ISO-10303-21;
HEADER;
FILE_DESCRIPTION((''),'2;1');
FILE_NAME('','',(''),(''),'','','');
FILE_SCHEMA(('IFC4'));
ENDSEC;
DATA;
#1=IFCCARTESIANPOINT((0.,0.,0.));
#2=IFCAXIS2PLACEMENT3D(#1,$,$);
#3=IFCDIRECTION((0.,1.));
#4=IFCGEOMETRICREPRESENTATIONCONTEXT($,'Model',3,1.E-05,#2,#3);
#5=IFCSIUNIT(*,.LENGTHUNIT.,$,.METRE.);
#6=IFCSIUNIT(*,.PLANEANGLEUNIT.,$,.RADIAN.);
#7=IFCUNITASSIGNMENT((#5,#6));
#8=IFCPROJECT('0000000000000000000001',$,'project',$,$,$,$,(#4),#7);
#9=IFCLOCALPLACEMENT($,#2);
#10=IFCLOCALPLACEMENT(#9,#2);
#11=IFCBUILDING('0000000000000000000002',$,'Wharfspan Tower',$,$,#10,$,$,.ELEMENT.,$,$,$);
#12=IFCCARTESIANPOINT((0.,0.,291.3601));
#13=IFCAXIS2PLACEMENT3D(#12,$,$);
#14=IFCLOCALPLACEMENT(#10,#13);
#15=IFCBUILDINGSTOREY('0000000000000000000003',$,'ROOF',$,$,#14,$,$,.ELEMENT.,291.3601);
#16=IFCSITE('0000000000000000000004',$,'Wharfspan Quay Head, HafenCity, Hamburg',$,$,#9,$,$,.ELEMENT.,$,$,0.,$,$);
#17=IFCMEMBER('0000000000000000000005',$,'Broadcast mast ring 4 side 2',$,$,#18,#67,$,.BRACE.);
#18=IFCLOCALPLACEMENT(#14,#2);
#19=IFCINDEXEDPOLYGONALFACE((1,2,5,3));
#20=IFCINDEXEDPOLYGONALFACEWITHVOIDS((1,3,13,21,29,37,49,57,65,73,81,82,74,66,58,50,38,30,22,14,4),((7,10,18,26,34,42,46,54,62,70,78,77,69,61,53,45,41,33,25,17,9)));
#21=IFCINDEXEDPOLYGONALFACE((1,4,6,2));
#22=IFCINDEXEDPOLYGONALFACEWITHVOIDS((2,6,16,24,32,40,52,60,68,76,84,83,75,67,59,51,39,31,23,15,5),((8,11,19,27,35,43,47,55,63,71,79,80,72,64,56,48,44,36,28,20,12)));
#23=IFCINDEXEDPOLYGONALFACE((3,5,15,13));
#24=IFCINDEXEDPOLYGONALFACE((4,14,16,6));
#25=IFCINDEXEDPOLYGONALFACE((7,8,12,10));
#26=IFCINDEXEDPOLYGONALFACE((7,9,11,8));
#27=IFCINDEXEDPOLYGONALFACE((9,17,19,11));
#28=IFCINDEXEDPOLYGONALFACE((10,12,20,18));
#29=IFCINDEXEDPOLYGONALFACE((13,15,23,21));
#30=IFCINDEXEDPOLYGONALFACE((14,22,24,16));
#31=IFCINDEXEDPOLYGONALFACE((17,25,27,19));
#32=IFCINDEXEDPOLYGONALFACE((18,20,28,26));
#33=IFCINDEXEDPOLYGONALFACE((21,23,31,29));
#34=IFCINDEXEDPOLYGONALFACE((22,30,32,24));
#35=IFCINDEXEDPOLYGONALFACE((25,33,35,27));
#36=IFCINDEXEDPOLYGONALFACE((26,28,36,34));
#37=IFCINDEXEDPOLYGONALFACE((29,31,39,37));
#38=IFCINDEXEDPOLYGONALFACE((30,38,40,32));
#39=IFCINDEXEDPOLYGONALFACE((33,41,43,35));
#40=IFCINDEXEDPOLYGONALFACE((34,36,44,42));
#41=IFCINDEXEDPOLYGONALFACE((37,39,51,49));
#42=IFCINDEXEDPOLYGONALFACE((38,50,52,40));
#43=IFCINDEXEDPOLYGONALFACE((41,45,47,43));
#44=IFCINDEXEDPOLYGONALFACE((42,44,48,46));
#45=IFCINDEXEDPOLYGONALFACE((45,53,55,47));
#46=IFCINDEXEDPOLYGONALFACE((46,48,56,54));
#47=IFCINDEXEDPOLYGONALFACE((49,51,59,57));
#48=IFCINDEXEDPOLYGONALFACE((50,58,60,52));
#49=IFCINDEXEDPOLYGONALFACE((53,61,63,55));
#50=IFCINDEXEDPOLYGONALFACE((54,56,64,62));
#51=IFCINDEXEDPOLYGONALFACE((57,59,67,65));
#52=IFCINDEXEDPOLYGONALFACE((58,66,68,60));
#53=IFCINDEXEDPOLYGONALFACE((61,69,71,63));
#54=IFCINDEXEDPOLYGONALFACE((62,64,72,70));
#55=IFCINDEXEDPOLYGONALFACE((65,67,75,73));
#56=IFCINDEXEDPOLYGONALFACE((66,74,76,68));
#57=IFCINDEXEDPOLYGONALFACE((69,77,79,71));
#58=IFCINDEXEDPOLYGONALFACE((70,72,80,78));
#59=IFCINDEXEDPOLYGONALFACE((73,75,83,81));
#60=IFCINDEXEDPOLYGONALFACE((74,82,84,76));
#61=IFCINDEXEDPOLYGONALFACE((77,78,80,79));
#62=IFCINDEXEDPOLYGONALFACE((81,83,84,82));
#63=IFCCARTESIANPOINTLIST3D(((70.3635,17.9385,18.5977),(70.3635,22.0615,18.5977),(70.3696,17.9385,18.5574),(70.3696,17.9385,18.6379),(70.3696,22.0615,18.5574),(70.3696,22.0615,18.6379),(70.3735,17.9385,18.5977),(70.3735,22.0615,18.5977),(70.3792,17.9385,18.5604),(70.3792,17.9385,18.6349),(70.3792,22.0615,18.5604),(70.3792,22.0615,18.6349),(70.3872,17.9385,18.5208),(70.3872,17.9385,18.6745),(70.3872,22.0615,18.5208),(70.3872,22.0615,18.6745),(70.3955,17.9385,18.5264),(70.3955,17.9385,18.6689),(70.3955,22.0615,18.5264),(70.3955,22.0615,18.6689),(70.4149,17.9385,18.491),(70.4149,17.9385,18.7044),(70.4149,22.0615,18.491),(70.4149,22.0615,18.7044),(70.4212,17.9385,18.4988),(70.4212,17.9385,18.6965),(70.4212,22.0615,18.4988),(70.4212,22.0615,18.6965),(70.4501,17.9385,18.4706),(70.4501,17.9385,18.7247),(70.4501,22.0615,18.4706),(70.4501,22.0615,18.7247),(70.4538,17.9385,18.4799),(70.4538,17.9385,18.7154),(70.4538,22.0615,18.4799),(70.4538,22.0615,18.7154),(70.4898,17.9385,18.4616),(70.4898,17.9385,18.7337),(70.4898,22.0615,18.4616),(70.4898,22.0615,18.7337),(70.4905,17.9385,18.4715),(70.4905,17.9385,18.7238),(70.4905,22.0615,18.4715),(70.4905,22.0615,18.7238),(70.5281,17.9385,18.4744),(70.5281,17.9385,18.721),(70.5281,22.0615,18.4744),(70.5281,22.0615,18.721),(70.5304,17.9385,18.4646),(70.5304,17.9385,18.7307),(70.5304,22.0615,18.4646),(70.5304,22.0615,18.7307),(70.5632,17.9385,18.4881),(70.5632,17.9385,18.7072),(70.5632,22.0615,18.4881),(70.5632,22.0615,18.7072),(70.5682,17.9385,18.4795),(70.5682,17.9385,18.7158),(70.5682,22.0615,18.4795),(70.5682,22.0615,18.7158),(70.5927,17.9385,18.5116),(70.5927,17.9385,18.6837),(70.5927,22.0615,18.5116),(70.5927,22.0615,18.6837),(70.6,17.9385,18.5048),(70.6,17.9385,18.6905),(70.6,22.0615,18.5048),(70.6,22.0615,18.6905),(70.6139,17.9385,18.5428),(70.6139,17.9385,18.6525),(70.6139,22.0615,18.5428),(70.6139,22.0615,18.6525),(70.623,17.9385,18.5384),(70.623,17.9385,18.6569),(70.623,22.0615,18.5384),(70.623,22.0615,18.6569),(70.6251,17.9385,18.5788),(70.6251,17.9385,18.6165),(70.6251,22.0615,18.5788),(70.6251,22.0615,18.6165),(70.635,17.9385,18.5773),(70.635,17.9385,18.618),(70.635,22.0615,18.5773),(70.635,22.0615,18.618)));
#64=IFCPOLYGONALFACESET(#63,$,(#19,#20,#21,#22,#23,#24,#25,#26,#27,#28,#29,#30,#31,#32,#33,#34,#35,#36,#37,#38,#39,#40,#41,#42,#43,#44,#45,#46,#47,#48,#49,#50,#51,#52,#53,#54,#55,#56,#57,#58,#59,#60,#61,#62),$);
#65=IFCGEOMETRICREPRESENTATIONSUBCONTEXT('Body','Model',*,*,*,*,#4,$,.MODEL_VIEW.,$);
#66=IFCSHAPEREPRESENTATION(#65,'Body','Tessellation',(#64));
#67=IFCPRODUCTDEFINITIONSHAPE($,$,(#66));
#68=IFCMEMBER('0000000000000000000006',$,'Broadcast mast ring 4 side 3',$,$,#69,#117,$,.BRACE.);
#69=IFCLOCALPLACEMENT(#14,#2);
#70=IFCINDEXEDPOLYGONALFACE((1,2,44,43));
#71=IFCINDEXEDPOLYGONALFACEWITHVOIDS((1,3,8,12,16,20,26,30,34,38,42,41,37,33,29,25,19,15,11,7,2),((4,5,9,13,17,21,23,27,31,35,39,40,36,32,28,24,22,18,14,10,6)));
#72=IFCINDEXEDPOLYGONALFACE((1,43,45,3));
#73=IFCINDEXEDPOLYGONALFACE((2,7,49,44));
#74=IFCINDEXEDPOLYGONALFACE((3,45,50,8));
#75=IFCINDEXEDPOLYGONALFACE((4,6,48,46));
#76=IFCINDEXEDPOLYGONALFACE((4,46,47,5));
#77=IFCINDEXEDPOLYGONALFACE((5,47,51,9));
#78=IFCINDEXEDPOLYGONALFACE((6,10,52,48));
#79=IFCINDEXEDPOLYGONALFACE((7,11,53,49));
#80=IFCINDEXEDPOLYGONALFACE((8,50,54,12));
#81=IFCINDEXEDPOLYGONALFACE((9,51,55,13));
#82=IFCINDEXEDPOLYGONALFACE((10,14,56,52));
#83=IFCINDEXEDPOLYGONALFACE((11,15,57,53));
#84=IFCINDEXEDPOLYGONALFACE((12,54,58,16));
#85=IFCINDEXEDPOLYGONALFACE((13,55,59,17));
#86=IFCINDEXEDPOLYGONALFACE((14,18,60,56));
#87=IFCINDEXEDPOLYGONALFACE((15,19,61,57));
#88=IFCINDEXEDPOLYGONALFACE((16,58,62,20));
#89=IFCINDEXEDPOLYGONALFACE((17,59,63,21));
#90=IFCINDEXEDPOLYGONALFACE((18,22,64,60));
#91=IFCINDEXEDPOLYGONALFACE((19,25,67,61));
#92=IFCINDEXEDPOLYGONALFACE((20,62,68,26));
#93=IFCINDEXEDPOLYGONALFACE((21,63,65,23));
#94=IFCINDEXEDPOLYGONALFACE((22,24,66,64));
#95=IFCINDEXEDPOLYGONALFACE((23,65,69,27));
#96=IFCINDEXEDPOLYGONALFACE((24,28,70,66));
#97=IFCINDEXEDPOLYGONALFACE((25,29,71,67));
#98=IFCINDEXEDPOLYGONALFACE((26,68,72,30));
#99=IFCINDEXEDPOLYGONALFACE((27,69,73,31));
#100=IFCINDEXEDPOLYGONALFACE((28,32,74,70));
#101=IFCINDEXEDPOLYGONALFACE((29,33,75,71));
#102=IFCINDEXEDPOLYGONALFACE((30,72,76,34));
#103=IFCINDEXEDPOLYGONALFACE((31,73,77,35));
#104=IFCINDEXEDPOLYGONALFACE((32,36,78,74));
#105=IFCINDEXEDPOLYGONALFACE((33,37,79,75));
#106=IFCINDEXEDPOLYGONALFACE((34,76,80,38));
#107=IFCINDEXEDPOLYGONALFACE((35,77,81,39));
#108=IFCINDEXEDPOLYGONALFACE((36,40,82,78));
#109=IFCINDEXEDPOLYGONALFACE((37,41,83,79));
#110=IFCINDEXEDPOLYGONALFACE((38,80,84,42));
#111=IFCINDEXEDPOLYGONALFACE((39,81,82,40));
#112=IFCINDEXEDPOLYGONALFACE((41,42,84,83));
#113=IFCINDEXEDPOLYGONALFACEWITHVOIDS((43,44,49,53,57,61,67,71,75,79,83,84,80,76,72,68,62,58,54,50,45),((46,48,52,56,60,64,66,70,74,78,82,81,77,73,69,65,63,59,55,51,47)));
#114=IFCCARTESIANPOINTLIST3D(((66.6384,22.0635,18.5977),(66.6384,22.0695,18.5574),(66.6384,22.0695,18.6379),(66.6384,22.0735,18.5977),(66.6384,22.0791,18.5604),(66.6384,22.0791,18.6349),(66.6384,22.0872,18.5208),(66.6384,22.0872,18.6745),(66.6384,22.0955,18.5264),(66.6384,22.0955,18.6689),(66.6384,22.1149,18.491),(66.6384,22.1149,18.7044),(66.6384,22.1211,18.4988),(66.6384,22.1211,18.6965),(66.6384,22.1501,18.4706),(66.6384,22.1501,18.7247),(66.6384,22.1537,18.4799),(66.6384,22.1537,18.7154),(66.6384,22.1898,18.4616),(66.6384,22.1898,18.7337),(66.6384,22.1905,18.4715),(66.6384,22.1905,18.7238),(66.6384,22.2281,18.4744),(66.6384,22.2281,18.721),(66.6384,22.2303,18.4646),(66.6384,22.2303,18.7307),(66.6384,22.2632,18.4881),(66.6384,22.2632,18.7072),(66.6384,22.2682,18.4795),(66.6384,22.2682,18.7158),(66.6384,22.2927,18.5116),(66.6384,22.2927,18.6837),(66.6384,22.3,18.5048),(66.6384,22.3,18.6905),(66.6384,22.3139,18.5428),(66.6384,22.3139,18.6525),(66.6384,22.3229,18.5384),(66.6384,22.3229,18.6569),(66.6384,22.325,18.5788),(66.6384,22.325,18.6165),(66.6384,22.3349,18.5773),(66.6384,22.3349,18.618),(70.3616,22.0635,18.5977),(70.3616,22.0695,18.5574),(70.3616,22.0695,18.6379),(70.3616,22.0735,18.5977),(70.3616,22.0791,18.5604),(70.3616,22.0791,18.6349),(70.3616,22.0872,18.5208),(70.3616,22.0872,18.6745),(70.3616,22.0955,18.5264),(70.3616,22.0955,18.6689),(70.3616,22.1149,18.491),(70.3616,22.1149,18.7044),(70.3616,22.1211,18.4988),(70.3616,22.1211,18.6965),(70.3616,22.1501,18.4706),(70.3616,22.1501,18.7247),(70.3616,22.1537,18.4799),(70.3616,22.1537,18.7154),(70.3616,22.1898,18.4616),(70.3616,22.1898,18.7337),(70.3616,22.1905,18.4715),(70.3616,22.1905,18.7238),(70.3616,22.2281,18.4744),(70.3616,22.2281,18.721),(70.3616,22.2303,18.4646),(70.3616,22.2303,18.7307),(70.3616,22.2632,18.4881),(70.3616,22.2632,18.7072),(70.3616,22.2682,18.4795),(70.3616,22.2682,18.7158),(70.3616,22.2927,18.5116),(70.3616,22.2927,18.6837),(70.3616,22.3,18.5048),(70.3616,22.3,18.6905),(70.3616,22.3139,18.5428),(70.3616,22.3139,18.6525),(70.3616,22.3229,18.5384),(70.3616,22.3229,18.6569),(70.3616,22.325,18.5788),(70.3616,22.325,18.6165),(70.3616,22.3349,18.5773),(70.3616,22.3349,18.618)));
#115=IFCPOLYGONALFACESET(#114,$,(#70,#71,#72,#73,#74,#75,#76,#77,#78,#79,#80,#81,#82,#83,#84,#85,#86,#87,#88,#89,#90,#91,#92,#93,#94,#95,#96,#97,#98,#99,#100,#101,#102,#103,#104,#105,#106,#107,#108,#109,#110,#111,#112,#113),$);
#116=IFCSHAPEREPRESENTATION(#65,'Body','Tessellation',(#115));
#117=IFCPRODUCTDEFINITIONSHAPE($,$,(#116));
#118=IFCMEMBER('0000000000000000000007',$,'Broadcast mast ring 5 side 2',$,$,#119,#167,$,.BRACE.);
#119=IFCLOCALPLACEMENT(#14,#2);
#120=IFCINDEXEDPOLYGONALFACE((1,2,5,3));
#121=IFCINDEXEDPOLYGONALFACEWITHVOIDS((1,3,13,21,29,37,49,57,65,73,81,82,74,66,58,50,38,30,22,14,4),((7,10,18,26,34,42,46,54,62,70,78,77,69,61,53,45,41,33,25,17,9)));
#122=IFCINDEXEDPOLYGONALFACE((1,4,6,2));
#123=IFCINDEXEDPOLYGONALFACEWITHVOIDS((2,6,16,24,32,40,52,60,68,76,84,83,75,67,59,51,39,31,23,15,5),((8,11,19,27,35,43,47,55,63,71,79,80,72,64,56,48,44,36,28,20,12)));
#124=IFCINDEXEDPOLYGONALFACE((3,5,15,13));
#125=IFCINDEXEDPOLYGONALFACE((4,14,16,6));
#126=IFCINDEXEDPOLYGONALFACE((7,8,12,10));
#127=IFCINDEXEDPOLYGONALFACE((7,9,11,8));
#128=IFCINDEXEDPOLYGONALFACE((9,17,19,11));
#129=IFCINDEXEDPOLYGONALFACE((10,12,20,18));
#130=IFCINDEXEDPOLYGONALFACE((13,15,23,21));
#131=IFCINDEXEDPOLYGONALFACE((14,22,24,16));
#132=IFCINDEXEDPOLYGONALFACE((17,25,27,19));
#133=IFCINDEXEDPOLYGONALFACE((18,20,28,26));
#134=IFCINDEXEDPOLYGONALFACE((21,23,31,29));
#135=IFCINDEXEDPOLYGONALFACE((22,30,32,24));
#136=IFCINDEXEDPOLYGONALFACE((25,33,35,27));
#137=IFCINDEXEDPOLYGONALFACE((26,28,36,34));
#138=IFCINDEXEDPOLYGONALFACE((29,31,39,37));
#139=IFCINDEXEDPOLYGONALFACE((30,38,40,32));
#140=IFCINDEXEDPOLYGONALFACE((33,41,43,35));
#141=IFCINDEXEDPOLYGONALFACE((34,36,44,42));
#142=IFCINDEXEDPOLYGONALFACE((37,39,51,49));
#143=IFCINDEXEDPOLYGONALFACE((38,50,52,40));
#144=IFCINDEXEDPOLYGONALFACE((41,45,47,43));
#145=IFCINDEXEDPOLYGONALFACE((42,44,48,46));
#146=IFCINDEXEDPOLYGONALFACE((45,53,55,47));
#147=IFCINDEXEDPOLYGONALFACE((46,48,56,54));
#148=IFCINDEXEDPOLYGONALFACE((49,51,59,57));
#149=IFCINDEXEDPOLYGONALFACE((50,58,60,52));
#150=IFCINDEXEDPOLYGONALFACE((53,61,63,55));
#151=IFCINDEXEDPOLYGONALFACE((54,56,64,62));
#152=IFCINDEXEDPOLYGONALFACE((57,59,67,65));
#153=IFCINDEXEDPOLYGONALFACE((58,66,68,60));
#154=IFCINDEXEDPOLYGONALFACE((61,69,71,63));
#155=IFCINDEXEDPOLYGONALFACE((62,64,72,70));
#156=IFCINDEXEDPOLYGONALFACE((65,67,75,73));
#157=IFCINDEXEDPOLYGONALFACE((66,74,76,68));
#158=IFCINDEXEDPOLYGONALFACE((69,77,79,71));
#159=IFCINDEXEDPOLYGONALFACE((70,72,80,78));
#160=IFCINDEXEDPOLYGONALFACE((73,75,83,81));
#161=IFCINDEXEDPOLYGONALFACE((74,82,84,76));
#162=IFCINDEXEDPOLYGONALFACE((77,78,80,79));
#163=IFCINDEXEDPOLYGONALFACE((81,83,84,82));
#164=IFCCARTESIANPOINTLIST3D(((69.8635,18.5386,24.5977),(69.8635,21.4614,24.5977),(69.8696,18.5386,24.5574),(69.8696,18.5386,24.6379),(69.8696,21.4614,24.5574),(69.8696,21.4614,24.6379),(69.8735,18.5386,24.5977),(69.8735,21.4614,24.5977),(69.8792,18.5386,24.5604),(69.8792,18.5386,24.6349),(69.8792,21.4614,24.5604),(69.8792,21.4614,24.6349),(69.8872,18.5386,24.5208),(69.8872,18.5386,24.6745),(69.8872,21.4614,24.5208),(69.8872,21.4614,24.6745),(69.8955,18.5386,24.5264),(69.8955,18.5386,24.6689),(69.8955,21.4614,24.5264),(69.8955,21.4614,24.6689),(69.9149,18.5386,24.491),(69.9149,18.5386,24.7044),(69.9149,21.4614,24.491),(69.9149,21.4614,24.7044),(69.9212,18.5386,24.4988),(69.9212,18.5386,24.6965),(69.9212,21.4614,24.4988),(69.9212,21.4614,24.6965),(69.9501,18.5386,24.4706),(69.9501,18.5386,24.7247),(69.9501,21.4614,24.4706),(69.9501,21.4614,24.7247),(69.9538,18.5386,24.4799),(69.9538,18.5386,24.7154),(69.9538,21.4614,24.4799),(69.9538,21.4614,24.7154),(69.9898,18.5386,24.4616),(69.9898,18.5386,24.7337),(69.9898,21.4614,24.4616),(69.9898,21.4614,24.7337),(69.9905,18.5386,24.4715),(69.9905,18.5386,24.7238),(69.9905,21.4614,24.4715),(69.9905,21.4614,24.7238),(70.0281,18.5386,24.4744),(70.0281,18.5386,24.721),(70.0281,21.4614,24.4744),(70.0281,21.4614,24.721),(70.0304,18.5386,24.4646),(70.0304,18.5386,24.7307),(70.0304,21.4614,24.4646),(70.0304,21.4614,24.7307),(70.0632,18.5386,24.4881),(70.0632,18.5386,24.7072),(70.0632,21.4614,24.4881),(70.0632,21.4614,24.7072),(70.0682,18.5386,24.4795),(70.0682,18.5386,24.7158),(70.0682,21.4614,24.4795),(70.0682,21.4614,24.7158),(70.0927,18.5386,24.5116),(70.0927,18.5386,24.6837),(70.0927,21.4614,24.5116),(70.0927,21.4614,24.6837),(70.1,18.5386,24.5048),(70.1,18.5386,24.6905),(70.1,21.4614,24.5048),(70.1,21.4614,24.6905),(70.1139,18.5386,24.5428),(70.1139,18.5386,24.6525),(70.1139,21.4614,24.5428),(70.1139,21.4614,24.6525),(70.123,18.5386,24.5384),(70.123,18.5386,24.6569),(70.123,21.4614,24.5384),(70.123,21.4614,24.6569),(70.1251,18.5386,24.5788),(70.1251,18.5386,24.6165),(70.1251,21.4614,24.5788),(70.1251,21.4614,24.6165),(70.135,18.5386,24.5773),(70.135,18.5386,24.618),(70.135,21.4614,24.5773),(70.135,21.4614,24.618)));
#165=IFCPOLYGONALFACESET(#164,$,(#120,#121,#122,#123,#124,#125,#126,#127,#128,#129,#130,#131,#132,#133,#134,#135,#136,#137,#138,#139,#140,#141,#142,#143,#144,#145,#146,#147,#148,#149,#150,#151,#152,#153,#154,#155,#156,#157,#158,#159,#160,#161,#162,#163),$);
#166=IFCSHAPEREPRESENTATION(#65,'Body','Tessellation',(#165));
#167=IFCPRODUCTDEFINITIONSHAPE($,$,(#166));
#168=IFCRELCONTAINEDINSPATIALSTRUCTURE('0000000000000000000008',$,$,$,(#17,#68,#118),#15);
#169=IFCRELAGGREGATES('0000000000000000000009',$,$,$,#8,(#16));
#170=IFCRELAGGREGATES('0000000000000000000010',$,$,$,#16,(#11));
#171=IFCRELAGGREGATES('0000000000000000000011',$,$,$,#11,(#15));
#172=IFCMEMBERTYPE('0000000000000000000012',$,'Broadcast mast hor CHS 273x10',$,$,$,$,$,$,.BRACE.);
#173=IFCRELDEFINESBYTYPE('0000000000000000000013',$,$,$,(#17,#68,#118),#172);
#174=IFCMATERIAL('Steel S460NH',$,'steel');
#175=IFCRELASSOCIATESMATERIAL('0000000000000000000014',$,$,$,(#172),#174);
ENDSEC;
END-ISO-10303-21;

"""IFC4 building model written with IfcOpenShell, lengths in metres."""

from ifc_helpers import new_model, si_unit, direction, frame, origin, origin_2d, place, context, subcontext, project, spatial, hollow_circle, extrude, material, material_profile, profile_set, type_object, element, save


model = new_model("IFC4")

# Units and contexts
model_context = context("Model", 3, precision=1e-05, world=origin(), true_north=direction((0.0, 1.0)))
body_context = subcontext(model_context, "Body", "Model", "MODEL_VIEW")
ifc_project = project(units=[si_unit("LENGTHUNIT", "METRE"), si_unit("PLANEANGLEUNIT", "RADIAN")], contexts=[model_context])

# Site, building, storey
site_placement = place(None, origin())
site = spatial("IfcSite", under=ifc_project, at=site_placement, Name="Wharfspan Quay Head, HafenCity, Hamburg", CompositionType="ELEMENT", RefElevation=0.0)
building_placement = place(site_placement, origin())
building = spatial("IfcBuilding", under=site, at=building_placement, Name="Wharfspan Tower", CompositionType="ELEMENT")
storey_placement = place(building_placement, frame((0.0, 0.0, 291.3601)))
storey = spatial("IfcBuildingStorey", under=building, at=storey_placement, Name="ROOF", CompositionType="ELEMENT", Elevation=291.3601)

# Members
ifc_material = material(Name="Steel S460NH", Category="steel")
ifc_material_profile_1 = material_profile(ifc_material, hollow_circle(Radius=0.1365, WallThickness=0.01, at=origin_2d()))
ifc_profile_set_1 = profile_set([ifc_material_profile_1], Name="Steel S460NH")
member_type_1 = type_object("IfcMemberType", Name="Broadcast mast hor CHS 273x10", PredefinedType="BRACE", material=ifc_profile_set_1)
member_1_placement = place(storey_placement, frame((70.5, 17.9385, 18.5977), z_axis=(0.0, 1.0, 0.0), x_axis=(-1.0, 0.0, 0.0)))
element("IfcMember", 1, at=member_1_placement, inside=storey, type_object=member_type_1, Name="Broadcast mast ring 4 side 2", PredefinedType="BRACE", context=body_context, shape_type="SweptSolid", body=[
    extrude(hollow_circle(Radius=0.1365, WallThickness=0.01, at=origin_2d()), origin(), (0.0, 0.0, 1.0), 4.123),
])
member_2_placement = place(storey_placement, frame((70.3616, 22.2, 18.5977), z_axis=(-1.0, 0.0, 0.0), x_axis=(0.0, -1.0, 0.0)))
element("IfcMember", 2, at=member_2_placement, inside=storey, type_object=member_type_1, Name="Broadcast mast ring 4 side 3", PredefinedType="BRACE", context=body_context, shape_type="SweptSolid", body=[
    extrude(hollow_circle(Radius=0.1365, WallThickness=0.01, at=origin_2d()), origin(), (0.0, 0.0, 1.0), 3.7231),
])
member_3_placement = place(storey_placement, frame((70.0, 18.5386, 24.5977), z_axis=(0.0, 1.0, 0.0), x_axis=(-1.0, 0.0, 0.0)))
element("IfcMember", 3, at=member_3_placement, inside=storey, type_object=member_type_1, Name="Broadcast mast ring 5 side 2", PredefinedType="BRACE", context=body_context, shape_type="SweptSolid", body=[
    extrude(hollow_circle(Radius=0.1365, WallThickness=0.01, at=origin_2d()), origin(), (0.0, 0.0, 1.0), 2.9229),
])

save(model, "model.ifc")
